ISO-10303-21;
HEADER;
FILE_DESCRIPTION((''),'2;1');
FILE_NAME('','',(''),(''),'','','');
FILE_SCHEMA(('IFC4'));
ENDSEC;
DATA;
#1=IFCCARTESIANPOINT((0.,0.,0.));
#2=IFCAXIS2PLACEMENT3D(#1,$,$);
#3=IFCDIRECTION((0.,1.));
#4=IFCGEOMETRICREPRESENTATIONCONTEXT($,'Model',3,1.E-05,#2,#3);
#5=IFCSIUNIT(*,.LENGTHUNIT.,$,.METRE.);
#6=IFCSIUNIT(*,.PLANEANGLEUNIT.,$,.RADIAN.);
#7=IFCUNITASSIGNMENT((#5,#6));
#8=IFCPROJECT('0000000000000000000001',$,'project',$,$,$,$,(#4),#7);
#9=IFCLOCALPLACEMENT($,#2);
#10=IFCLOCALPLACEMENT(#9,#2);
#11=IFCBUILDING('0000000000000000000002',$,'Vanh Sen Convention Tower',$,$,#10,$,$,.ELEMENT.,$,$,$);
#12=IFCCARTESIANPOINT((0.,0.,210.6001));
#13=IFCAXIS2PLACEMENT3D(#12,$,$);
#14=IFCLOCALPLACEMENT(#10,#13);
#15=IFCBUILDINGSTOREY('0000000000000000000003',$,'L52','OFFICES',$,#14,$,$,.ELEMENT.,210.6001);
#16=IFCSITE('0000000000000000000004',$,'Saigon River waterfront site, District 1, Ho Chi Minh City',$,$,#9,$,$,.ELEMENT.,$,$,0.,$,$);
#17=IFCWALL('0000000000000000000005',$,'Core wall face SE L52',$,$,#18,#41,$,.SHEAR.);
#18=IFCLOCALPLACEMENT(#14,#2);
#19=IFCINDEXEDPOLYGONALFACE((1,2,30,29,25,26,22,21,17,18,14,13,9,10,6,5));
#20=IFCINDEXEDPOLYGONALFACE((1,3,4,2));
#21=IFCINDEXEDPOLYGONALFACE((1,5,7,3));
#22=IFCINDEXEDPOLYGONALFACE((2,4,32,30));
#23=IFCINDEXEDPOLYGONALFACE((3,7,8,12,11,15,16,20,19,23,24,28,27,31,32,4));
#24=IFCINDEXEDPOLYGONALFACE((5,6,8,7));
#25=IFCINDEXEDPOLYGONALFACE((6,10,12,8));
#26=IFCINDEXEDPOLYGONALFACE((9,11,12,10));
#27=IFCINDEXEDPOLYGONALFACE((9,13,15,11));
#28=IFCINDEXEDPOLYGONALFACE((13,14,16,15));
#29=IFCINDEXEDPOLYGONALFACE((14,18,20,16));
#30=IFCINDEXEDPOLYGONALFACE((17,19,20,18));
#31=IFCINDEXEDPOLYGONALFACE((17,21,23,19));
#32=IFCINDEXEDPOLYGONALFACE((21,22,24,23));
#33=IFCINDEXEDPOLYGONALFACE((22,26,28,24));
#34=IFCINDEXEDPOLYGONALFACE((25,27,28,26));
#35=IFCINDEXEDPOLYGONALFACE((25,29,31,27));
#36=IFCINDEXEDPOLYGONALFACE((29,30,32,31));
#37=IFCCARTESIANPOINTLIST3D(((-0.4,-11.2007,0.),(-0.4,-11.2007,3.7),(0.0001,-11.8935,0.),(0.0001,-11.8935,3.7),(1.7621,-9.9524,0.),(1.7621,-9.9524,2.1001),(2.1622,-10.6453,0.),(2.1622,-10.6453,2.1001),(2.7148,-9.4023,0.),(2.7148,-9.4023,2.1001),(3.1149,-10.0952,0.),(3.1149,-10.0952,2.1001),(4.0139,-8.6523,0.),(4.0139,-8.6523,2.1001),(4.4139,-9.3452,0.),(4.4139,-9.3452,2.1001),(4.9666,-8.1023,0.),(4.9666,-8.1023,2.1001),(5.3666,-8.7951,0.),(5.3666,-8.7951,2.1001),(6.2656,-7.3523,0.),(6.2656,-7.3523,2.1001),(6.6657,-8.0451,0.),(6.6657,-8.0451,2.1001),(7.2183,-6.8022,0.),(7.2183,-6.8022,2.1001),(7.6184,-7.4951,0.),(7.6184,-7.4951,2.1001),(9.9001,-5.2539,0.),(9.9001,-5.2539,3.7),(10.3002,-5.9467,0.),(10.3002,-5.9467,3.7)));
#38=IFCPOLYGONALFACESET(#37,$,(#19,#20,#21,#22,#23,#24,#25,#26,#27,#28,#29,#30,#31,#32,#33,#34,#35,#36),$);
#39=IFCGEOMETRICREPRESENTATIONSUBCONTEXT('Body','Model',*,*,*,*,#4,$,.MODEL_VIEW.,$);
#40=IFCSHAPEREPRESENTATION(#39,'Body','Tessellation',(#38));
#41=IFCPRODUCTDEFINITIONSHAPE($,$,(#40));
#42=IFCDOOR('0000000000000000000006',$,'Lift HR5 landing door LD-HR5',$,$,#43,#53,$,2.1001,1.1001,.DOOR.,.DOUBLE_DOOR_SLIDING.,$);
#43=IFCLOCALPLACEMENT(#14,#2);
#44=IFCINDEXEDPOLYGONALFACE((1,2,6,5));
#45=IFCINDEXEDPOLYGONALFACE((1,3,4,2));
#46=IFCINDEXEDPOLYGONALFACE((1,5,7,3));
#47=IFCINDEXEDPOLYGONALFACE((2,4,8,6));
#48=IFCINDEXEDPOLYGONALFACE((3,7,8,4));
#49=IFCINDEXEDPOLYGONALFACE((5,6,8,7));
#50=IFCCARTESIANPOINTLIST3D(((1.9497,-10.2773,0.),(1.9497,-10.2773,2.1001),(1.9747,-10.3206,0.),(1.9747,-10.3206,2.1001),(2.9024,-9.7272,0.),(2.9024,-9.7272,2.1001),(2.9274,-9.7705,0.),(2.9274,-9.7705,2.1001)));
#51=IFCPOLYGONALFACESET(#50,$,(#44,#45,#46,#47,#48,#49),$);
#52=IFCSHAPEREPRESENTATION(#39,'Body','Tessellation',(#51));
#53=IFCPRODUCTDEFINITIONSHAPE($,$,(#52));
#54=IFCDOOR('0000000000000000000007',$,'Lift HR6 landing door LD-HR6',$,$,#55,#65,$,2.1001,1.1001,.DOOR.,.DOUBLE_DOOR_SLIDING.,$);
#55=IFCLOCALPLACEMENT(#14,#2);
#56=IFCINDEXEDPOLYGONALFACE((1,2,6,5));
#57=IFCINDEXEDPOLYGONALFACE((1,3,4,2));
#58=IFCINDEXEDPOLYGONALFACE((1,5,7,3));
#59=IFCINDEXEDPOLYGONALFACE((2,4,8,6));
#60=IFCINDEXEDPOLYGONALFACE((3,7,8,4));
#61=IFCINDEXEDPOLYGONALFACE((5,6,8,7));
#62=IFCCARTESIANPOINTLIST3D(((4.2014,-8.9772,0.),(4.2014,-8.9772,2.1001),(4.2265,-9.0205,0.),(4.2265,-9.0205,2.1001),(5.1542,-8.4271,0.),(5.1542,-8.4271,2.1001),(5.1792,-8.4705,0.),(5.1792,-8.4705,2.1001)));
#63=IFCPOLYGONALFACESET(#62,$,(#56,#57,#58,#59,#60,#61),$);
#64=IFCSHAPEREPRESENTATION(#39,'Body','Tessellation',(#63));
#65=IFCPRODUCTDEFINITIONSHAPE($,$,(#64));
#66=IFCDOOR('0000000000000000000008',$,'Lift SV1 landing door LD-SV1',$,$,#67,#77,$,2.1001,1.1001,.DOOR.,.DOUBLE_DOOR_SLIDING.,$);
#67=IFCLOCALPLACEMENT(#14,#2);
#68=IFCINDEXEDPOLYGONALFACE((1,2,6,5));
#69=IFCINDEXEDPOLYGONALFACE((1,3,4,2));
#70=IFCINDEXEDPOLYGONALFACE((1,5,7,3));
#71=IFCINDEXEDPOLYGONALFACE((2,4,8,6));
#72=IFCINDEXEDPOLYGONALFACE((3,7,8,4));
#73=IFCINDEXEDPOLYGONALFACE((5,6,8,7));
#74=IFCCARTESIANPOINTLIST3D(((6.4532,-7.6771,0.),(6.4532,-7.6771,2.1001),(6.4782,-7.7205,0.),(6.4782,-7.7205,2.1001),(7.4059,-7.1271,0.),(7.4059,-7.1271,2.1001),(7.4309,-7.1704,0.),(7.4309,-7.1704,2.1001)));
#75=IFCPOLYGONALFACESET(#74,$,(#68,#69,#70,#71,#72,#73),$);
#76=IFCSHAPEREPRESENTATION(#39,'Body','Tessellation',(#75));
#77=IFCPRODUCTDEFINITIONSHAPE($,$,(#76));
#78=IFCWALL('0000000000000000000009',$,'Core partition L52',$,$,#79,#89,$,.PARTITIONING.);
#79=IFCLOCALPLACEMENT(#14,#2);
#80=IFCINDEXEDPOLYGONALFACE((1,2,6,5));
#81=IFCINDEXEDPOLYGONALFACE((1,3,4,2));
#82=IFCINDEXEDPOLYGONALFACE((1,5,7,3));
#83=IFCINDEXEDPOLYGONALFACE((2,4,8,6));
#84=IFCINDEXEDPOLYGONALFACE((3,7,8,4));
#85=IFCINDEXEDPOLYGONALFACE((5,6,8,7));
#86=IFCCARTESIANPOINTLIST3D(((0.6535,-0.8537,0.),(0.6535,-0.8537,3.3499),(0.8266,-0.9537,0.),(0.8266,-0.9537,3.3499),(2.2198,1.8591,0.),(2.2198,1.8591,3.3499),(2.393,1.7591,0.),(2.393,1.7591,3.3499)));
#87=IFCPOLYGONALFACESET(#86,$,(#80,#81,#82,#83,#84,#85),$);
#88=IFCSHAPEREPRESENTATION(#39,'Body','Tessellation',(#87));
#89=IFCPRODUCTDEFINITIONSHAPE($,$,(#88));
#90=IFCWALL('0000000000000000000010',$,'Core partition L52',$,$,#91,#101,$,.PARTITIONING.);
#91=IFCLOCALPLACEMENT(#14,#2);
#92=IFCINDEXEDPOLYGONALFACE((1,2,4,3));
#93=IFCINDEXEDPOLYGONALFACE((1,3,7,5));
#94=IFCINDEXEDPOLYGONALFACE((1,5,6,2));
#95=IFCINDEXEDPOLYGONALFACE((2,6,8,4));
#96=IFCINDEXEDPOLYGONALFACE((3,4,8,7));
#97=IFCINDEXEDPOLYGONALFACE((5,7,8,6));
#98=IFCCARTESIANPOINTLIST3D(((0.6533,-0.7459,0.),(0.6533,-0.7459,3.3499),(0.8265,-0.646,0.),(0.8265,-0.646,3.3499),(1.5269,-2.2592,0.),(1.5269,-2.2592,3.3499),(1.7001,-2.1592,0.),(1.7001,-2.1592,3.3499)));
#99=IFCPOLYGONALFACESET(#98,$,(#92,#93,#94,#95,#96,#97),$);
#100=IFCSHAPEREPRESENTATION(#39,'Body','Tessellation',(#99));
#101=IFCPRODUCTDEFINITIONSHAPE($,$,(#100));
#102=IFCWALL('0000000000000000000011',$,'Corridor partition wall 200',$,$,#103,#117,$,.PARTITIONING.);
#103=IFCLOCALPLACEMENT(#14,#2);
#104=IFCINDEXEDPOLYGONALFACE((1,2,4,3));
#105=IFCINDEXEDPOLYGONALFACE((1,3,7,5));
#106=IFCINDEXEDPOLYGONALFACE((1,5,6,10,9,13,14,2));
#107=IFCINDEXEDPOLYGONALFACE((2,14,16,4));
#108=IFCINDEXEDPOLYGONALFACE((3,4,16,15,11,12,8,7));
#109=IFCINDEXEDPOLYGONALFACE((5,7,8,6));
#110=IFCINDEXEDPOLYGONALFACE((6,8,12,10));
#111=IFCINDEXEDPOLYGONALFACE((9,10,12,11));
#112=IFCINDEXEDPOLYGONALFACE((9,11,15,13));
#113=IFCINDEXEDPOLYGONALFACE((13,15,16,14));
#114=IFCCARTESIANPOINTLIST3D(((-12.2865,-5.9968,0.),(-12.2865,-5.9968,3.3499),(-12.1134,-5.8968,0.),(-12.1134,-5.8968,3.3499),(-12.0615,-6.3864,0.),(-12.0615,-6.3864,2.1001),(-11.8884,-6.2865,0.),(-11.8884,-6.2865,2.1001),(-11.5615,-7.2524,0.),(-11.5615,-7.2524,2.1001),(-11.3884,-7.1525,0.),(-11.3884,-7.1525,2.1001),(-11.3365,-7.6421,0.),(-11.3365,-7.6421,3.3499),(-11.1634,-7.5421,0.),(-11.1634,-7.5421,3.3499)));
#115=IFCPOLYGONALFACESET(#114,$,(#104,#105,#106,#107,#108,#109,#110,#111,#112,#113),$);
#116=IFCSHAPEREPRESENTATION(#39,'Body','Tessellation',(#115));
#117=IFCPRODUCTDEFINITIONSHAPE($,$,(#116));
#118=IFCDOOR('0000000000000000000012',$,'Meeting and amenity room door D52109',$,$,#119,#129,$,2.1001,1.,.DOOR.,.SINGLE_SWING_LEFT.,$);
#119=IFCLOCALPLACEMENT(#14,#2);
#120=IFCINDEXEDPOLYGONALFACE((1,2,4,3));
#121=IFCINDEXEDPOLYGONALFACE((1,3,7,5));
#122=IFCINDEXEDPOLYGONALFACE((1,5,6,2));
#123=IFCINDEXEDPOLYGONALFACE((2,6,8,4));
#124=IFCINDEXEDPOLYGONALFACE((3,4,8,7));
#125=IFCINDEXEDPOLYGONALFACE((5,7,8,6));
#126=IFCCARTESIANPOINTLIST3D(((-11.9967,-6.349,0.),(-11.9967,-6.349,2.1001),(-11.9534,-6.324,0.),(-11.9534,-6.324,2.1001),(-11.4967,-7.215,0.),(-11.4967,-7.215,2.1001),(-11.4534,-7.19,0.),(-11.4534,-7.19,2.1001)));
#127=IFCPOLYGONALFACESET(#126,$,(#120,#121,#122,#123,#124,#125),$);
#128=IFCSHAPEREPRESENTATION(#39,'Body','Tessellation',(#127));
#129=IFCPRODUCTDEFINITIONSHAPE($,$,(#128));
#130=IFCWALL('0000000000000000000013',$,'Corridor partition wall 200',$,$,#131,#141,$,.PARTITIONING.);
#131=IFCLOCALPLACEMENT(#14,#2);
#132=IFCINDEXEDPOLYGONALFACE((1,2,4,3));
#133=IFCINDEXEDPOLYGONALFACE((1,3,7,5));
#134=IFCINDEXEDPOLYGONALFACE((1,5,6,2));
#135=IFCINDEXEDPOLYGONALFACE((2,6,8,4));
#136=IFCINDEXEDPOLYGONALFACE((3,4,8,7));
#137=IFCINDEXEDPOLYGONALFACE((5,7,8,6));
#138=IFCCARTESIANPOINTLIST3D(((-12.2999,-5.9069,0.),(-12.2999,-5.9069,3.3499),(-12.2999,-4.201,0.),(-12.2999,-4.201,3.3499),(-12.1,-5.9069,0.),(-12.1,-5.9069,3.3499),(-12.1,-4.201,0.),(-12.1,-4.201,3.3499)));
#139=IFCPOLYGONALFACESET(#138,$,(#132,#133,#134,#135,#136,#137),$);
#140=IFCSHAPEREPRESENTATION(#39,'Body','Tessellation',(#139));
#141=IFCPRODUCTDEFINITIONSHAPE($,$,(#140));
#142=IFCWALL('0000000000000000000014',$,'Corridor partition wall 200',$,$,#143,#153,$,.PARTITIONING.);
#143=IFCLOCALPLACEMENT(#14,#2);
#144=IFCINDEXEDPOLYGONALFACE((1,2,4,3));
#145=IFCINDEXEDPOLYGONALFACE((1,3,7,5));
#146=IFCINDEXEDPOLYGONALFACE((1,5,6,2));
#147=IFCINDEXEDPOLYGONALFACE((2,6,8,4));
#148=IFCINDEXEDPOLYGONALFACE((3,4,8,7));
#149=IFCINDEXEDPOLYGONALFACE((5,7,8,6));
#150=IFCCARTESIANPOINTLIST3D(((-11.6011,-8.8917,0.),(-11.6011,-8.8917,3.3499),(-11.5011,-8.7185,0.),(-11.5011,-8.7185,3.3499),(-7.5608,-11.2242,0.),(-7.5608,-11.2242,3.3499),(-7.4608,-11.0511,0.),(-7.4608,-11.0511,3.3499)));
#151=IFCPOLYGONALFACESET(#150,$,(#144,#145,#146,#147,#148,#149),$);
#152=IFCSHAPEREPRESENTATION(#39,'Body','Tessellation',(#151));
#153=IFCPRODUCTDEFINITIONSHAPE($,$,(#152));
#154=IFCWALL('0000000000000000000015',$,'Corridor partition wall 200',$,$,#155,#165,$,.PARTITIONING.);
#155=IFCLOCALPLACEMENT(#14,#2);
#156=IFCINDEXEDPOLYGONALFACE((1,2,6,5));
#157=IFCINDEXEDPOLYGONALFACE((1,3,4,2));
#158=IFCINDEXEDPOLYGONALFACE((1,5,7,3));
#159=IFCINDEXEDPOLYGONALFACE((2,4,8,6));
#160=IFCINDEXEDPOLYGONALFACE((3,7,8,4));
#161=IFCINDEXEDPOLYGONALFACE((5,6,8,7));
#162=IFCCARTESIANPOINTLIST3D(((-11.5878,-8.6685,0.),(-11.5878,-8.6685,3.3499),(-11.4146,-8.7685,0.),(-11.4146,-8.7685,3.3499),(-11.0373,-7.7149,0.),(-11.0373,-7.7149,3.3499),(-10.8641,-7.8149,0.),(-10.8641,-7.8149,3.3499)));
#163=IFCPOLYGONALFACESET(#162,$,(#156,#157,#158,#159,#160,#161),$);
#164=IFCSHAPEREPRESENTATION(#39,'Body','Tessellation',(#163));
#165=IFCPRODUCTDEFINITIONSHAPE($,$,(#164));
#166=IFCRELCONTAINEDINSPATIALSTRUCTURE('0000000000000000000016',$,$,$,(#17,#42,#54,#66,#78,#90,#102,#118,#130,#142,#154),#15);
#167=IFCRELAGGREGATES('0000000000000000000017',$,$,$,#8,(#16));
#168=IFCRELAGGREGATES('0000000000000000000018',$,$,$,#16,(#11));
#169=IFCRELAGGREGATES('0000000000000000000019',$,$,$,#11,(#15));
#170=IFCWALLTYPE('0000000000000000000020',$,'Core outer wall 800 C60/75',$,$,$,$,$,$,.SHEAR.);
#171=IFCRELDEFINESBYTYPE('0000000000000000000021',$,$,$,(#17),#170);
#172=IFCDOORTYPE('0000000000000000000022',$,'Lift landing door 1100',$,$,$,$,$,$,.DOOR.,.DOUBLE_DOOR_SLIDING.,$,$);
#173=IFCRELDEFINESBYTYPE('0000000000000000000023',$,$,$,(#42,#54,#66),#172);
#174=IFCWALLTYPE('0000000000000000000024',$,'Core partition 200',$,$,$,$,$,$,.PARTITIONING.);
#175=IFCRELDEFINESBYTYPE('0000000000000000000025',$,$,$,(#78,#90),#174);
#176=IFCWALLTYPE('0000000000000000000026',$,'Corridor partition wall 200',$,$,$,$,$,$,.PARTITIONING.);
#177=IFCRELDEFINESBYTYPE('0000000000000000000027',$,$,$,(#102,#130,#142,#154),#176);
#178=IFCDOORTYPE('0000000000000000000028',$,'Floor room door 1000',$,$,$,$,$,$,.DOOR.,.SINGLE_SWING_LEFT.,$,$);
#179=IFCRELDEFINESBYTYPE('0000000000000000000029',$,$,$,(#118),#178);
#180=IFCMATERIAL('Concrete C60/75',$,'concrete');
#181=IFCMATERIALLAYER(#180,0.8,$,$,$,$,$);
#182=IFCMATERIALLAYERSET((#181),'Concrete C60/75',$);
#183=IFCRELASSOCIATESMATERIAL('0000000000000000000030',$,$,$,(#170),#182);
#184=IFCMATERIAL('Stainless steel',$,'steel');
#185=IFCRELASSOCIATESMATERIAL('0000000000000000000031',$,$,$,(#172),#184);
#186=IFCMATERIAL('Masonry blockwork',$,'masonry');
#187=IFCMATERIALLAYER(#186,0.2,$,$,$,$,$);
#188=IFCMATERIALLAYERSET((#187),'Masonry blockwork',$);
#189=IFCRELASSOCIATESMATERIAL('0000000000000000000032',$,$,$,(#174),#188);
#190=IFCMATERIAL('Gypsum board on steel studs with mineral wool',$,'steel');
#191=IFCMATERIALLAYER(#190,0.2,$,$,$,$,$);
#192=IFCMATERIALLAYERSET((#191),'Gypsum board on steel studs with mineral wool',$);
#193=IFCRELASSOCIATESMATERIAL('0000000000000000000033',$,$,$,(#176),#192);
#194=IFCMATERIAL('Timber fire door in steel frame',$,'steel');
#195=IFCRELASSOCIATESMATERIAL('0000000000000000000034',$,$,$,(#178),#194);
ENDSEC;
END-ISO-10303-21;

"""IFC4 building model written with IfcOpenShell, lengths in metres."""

from ifc_helpers import new_model, si_unit, direction, frame, frame_2d, origin, place, context, subcontext, project, spatial, rectangle, extrude, material, layer, layer_set, type_object, element, fill, save


model = new_model("IFC4")

# Units and contexts
model_context = context("Model", 3, precision=1e-05, world=origin(), true_north=direction((0.0, 1.0)))
body_context = subcontext(model_context, "Body", "Model", "MODEL_VIEW")
ifc_project = project(units=[si_unit("LENGTHUNIT", "METRE"), si_unit("PLANEANGLEUNIT", "RADIAN")], contexts=[model_context])

# Site, building, storey
site_placement = place(None, origin())
site = spatial("IfcSite", under=ifc_project, at=site_placement, Name="Saigon River waterfront site, District 1, Ho Chi Minh City", CompositionType="ELEMENT", RefElevation=0.0)
building_placement = place(site_placement, origin())
building = spatial("IfcBuilding", under=site, at=building_placement, Name="Vanh Sen Convention Tower", CompositionType="ELEMENT")
storey_placement = place(building_placement, frame((0.0, 0.0, 210.6001)))
storey = spatial("IfcBuildingStorey", under=building, at=storey_placement, Name="L52", Description="OFFICES", CompositionType="ELEMENT", Elevation=210.6001)

# Wall, openings, doors
ifc_material_1 = material(Name="Concrete C60/75", Category="concrete")
ifc_layer_1 = layer(ifc_material_1, 0.8)
ifc_layer_set_1 = layer_set([ifc_layer_1], Name="Concrete C60/75")
wall_type_1 = type_object("IfcWallType", Name="Core outer wall 800 C60/75", PredefinedType="SHEAR", material=ifc_layer_set_1)
ifc_material_2 = material(Name="Stainless steel", Category="steel")
door_type_1 = type_object("IfcDoorType", Name="Lift landing door 1100", OperationType="DOUBLE_DOOR_SLIDING", PredefinedType="DOOR", material=ifc_material_2)
wall_1_placement = place(storey_placement, frame((-0.2, -11.5471, 0.0), z_axis=(0.0, 0.0, 1.0), x_axis=(0.866024, 0.500003, 0.0)))
wall_1 = element("IfcWall", 1, at=wall_1_placement, inside=storey, type_object=wall_type_1, Name="Core wall face SE L52", PredefinedType="SHEAR", context=body_context, shape_type="SweptSolid", body=[
    extrude(rectangle(XDim=11.8936, YDim=0.8, at=frame_2d((5.9468, 0.0))), origin(), (0.0, 0.0, 1.0), 3.7),
])
opening_1_placement = place(wall_1_placement, frame((2.4966, 0.0, 0.0)))
opening_1 = element("IfcOpeningElement", 2, at=opening_1_placement, cuts=wall_1, PredefinedType="OPENING", context=body_context, shape_type="SweptSolid", body=[
    extrude(rectangle(XDim=1.1001, YDim=2.1001, at=frame_2d((0.55, 1.05))), frame((0.0, 0.4099, 0.0), z_axis=(0.0, -1.0, 0.0), x_axis=(1.0, 0.0, 0.0)), (0.0, 0.0, 1.0), 0.8201),
])
opening_2_placement = place(wall_1_placement, frame((5.0967, 0.0, 0.0)))
opening_2 = element("IfcOpeningElement", 3, at=opening_2_placement, cuts=wall_1, PredefinedType="OPENING", context=body_context, shape_type="SweptSolid", body=[
    extrude(rectangle(XDim=1.1001, YDim=2.1001, at=frame_2d((0.55, 1.05))), frame((0.0, 0.4099, 0.0), z_axis=(0.0, -1.0, 0.0), x_axis=(1.0, 0.0, 0.0)), (0.0, 0.0, 1.0), 0.8201),
])
opening_3_placement = place(wall_1_placement, frame((7.6968, 0.0, 0.0)))
opening_3 = element("IfcOpeningElement", 4, at=opening_3_placement, cuts=wall_1, PredefinedType="OPENING", context=body_context, shape_type="SweptSolid", body=[
    extrude(rectangle(XDim=1.1001, YDim=2.1001, at=frame_2d((0.55, 1.05))), frame((0.0, 0.4099, 0.0), z_axis=(0.0, -1.0, 0.0), x_axis=(1.0, 0.0, 0.0)), (0.0, 0.0, 1.0), 0.8201),
])
door_1_placement = place(opening_1_placement, origin())
door_1 = element("IfcDoor", 5, at=door_1_placement, inside=storey, type_object=door_type_1, Name="Lift HR5 landing door LD-HR5", OperationType="DOUBLE_DOOR_SLIDING", OverallHeight=2.1001, OverallWidth=1.1001, PredefinedType="DOOR", context=body_context, shape_type="SweptSolid", body=[
    extrude(rectangle(XDim=1.1001, YDim=2.1001, at=frame_2d((0.55, 1.05))), frame((0.0, 0.0249, 0.0), z_axis=(0.0, -1.0, 0.0), x_axis=(1.0, 0.0, 0.0)), (0.0, 0.0, 1.0), 0.05),
])
fill(opening_1, door_1)
door_2_placement = place(opening_2_placement, origin())
door_2 = element("IfcDoor", 6, at=door_2_placement, inside=storey, type_object=door_type_1, Name="Lift HR6 landing door LD-HR6", OperationType="DOUBLE_DOOR_SLIDING", OverallHeight=2.1001, OverallWidth=1.1001, PredefinedType="DOOR", context=body_context, shape_type="SweptSolid", body=[
    extrude(rectangle(XDim=1.1001, YDim=2.1001, at=frame_2d((0.55, 1.05))), frame((0.0, 0.0249, 0.0), z_axis=(0.0, -1.0, 0.0), x_axis=(1.0, 0.0, 0.0)), (0.0, 0.0, 1.0), 0.05),
])
fill(opening_2, door_2)
door_3_placement = place(opening_3_placement, origin())
door_3 = element("IfcDoor", 7, at=door_3_placement, inside=storey, type_object=door_type_1, Name="Lift SV1 landing door LD-SV1", OperationType="DOUBLE_DOOR_SLIDING", OverallHeight=2.1001, OverallWidth=1.1001, PredefinedType="DOOR", context=body_context, shape_type="SweptSolid", body=[
    extrude(rectangle(XDim=1.1001, YDim=2.1001, at=frame_2d((0.55, 1.05))), frame((0.0, 0.0249, 0.0), z_axis=(0.0, -1.0, 0.0), x_axis=(1.0, 0.0, 0.0)), (0.0, 0.0, 1.0), 0.05),
])
fill(opening_3, door_3)

# Walls
ifc_material_3 = material(Name="Masonry blockwork", Category="masonry")
ifc_layer_2 = layer(ifc_material_3, 0.2)
ifc_layer_set_2 = layer_set([ifc_layer_2], Name="Masonry blockwork")
wall_type_2 = type_object("IfcWallType", Name="Core partition 200", PredefinedType="PARTITIONING", material=ifc_layer_set_2)
wall_2_placement = place(storey_placement, frame((0.74, -0.9038, 0.0), z_axis=(0.0, 0.0, 1.0), x_axis=(0.500028, 0.866009, 0.0)))
element("IfcWall", 8, at=wall_2_placement, inside=storey, type_object=wall_type_2, Name="Core partition L52", PredefinedType="PARTITIONING", context=body_context, shape_type="SweptSolid", body=[
    extrude(rectangle(XDim=3.1326, YDim=0.2, at=frame_2d((1.5664, 0.0))), origin(), (0.0, 0.0, 1.0), 3.3499),
])
wall_3_placement = place(storey_placement, frame((0.74, -0.696, 0.0), z_axis=(0.0, 0.0, 1.0), x_axis=(0.499956, -0.866051, 0.0)))
element("IfcWall", 9, at=wall_3_placement, inside=storey, type_object=wall_type_2, Name="Core partition L52", PredefinedType="PARTITIONING", context=body_context, shape_type="SweptSolid", body=[
    extrude(rectangle(XDim=1.7473, YDim=0.2, at=frame_2d((0.8735, 0.0))), origin(), (0.0, 0.0, 1.0), 3.3499),
])

# Wall, opening, door
ifc_material_4 = material(Name="Gypsum board on steel studs with mineral wool", Category="steel")
ifc_layer_3 = layer(ifc_material_4, 0.2)
ifc_layer_set_3 = layer_set([ifc_layer_3], Name="Gypsum board on steel studs with mineral wool")
wall_type_3 = type_object("IfcWallType", Name="Corridor partition wall 200", PredefinedType="PARTITIONING", material=ifc_layer_set_3)
wall_4_placement = place(storey_placement, frame((-12.2, -5.9468, 0.0), z_axis=(0.0, 0.0, 1.0), x_axis=(0.500023, -0.866012, 0.0)))
wall_4 = element("IfcWall", 10, at=wall_4_placement, inside=storey, type_object=wall_type_3, Name="Corridor partition wall 200", PredefinedType="PARTITIONING", context=body_context, shape_type="SweptSolid", body=[
    extrude(rectangle(XDim=1.8999, YDim=0.2, at=frame_2d((0.95, 0.0))), origin(), (0.0, 0.0, 1.0), 3.3499),
])
opening_4_placement = place(wall_4_placement, frame((0.45, 0.0, 0.0)))
opening_4 = element("IfcOpeningElement", 11, at=opening_4_placement, cuts=wall_4, PredefinedType="OPENING", context=body_context, shape_type="SweptSolid", body=[
    extrude(rectangle(XDim=1.0, YDim=2.1001, at=frame_2d((0.5, 1.05))), frame((0.0, 0.1099, 0.0), z_axis=(0.0, -1.0, 0.0), x_axis=(1.0, 0.0, 0.0)), (0.0, 0.0, 1.0), 0.22),
])
ifc_material_5 = material(Name="Timber fire door in steel frame", Category="steel")
door_type_2 = type_object("IfcDoorType", Name="Floor room door 1000", OperationType="SINGLE_SWING_LEFT", PredefinedType="DOOR", material=ifc_material_5)
door_4_placement = place(opening_4_placement, origin())
door_4 = element("IfcDoor", 12, at=door_4_placement, inside=storey, type_object=door_type_2, Name="Meeting and amenity room door D52109", OperationType="SINGLE_SWING_LEFT", OverallHeight=2.1001, OverallWidth=1.0, PredefinedType="DOOR", context=body_context, shape_type="SweptSolid", body=[
    extrude(rectangle(XDim=1.0, YDim=2.1001, at=frame_2d((0.5, 1.05))), frame((0.0, 0.0249, 0.0), z_axis=(0.0, -1.0, 0.0), x_axis=(1.0, 0.0, 0.0)), (0.0, 0.0, 1.0), 0.05),
])
fill(opening_4, door_4)

# Walls
wall_5_placement = place(storey_placement, frame((-12.2, -4.2009, 0.0), z_axis=(0.0, 0.0, 1.0), x_axis=(0.0, -1.0, 0.0)))
element("IfcWall", 13, at=wall_5_placement, inside=storey, type_object=wall_type_3, Name="Corridor partition wall 200", PredefinedType="PARTITIONING", context=body_context, shape_type="SweptSolid", body=[
    extrude(rectangle(XDim=1.7058, YDim=0.2, at=frame_2d((0.853, 0.0))), origin(), (0.0, 0.0, 1.0), 3.3499),
])
wall_6_placement = place(storey_placement, frame((-11.551, -8.8052, 0.0), z_axis=(0.0, 0.0, 1.0), x_axis=(0.866038, -0.499978, 0.0)))
element("IfcWall", 14, at=wall_6_placement, inside=storey, type_object=wall_type_3, Name="Corridor partition wall 200", PredefinedType="PARTITIONING", context=body_context, shape_type="SweptSolid", body=[
    extrude(rectangle(XDim=4.6653, YDim=0.2, at=frame_2d((2.3325, 0.0))), origin(), (0.0, 0.0, 1.0), 3.3499),
])
wall_7_placement = place(storey_placement, frame((-10.9507, -7.7649, 0.0), z_axis=(0.0, 0.0, 1.0), x_axis=(-0.499978, -0.866038, 0.0)))
element("IfcWall", 15, at=wall_7_placement, inside=storey, type_object=wall_type_3, Name="Corridor partition wall 200", PredefinedType="PARTITIONING", context=body_context, shape_type="SweptSolid", body=[
    extrude(rectangle(XDim=1.1011, YDim=0.2, at=frame_2d((0.5505, 0.0))), origin(), (0.0, 0.0, 1.0), 3.3499),
])

save(model, "model.ifc")
